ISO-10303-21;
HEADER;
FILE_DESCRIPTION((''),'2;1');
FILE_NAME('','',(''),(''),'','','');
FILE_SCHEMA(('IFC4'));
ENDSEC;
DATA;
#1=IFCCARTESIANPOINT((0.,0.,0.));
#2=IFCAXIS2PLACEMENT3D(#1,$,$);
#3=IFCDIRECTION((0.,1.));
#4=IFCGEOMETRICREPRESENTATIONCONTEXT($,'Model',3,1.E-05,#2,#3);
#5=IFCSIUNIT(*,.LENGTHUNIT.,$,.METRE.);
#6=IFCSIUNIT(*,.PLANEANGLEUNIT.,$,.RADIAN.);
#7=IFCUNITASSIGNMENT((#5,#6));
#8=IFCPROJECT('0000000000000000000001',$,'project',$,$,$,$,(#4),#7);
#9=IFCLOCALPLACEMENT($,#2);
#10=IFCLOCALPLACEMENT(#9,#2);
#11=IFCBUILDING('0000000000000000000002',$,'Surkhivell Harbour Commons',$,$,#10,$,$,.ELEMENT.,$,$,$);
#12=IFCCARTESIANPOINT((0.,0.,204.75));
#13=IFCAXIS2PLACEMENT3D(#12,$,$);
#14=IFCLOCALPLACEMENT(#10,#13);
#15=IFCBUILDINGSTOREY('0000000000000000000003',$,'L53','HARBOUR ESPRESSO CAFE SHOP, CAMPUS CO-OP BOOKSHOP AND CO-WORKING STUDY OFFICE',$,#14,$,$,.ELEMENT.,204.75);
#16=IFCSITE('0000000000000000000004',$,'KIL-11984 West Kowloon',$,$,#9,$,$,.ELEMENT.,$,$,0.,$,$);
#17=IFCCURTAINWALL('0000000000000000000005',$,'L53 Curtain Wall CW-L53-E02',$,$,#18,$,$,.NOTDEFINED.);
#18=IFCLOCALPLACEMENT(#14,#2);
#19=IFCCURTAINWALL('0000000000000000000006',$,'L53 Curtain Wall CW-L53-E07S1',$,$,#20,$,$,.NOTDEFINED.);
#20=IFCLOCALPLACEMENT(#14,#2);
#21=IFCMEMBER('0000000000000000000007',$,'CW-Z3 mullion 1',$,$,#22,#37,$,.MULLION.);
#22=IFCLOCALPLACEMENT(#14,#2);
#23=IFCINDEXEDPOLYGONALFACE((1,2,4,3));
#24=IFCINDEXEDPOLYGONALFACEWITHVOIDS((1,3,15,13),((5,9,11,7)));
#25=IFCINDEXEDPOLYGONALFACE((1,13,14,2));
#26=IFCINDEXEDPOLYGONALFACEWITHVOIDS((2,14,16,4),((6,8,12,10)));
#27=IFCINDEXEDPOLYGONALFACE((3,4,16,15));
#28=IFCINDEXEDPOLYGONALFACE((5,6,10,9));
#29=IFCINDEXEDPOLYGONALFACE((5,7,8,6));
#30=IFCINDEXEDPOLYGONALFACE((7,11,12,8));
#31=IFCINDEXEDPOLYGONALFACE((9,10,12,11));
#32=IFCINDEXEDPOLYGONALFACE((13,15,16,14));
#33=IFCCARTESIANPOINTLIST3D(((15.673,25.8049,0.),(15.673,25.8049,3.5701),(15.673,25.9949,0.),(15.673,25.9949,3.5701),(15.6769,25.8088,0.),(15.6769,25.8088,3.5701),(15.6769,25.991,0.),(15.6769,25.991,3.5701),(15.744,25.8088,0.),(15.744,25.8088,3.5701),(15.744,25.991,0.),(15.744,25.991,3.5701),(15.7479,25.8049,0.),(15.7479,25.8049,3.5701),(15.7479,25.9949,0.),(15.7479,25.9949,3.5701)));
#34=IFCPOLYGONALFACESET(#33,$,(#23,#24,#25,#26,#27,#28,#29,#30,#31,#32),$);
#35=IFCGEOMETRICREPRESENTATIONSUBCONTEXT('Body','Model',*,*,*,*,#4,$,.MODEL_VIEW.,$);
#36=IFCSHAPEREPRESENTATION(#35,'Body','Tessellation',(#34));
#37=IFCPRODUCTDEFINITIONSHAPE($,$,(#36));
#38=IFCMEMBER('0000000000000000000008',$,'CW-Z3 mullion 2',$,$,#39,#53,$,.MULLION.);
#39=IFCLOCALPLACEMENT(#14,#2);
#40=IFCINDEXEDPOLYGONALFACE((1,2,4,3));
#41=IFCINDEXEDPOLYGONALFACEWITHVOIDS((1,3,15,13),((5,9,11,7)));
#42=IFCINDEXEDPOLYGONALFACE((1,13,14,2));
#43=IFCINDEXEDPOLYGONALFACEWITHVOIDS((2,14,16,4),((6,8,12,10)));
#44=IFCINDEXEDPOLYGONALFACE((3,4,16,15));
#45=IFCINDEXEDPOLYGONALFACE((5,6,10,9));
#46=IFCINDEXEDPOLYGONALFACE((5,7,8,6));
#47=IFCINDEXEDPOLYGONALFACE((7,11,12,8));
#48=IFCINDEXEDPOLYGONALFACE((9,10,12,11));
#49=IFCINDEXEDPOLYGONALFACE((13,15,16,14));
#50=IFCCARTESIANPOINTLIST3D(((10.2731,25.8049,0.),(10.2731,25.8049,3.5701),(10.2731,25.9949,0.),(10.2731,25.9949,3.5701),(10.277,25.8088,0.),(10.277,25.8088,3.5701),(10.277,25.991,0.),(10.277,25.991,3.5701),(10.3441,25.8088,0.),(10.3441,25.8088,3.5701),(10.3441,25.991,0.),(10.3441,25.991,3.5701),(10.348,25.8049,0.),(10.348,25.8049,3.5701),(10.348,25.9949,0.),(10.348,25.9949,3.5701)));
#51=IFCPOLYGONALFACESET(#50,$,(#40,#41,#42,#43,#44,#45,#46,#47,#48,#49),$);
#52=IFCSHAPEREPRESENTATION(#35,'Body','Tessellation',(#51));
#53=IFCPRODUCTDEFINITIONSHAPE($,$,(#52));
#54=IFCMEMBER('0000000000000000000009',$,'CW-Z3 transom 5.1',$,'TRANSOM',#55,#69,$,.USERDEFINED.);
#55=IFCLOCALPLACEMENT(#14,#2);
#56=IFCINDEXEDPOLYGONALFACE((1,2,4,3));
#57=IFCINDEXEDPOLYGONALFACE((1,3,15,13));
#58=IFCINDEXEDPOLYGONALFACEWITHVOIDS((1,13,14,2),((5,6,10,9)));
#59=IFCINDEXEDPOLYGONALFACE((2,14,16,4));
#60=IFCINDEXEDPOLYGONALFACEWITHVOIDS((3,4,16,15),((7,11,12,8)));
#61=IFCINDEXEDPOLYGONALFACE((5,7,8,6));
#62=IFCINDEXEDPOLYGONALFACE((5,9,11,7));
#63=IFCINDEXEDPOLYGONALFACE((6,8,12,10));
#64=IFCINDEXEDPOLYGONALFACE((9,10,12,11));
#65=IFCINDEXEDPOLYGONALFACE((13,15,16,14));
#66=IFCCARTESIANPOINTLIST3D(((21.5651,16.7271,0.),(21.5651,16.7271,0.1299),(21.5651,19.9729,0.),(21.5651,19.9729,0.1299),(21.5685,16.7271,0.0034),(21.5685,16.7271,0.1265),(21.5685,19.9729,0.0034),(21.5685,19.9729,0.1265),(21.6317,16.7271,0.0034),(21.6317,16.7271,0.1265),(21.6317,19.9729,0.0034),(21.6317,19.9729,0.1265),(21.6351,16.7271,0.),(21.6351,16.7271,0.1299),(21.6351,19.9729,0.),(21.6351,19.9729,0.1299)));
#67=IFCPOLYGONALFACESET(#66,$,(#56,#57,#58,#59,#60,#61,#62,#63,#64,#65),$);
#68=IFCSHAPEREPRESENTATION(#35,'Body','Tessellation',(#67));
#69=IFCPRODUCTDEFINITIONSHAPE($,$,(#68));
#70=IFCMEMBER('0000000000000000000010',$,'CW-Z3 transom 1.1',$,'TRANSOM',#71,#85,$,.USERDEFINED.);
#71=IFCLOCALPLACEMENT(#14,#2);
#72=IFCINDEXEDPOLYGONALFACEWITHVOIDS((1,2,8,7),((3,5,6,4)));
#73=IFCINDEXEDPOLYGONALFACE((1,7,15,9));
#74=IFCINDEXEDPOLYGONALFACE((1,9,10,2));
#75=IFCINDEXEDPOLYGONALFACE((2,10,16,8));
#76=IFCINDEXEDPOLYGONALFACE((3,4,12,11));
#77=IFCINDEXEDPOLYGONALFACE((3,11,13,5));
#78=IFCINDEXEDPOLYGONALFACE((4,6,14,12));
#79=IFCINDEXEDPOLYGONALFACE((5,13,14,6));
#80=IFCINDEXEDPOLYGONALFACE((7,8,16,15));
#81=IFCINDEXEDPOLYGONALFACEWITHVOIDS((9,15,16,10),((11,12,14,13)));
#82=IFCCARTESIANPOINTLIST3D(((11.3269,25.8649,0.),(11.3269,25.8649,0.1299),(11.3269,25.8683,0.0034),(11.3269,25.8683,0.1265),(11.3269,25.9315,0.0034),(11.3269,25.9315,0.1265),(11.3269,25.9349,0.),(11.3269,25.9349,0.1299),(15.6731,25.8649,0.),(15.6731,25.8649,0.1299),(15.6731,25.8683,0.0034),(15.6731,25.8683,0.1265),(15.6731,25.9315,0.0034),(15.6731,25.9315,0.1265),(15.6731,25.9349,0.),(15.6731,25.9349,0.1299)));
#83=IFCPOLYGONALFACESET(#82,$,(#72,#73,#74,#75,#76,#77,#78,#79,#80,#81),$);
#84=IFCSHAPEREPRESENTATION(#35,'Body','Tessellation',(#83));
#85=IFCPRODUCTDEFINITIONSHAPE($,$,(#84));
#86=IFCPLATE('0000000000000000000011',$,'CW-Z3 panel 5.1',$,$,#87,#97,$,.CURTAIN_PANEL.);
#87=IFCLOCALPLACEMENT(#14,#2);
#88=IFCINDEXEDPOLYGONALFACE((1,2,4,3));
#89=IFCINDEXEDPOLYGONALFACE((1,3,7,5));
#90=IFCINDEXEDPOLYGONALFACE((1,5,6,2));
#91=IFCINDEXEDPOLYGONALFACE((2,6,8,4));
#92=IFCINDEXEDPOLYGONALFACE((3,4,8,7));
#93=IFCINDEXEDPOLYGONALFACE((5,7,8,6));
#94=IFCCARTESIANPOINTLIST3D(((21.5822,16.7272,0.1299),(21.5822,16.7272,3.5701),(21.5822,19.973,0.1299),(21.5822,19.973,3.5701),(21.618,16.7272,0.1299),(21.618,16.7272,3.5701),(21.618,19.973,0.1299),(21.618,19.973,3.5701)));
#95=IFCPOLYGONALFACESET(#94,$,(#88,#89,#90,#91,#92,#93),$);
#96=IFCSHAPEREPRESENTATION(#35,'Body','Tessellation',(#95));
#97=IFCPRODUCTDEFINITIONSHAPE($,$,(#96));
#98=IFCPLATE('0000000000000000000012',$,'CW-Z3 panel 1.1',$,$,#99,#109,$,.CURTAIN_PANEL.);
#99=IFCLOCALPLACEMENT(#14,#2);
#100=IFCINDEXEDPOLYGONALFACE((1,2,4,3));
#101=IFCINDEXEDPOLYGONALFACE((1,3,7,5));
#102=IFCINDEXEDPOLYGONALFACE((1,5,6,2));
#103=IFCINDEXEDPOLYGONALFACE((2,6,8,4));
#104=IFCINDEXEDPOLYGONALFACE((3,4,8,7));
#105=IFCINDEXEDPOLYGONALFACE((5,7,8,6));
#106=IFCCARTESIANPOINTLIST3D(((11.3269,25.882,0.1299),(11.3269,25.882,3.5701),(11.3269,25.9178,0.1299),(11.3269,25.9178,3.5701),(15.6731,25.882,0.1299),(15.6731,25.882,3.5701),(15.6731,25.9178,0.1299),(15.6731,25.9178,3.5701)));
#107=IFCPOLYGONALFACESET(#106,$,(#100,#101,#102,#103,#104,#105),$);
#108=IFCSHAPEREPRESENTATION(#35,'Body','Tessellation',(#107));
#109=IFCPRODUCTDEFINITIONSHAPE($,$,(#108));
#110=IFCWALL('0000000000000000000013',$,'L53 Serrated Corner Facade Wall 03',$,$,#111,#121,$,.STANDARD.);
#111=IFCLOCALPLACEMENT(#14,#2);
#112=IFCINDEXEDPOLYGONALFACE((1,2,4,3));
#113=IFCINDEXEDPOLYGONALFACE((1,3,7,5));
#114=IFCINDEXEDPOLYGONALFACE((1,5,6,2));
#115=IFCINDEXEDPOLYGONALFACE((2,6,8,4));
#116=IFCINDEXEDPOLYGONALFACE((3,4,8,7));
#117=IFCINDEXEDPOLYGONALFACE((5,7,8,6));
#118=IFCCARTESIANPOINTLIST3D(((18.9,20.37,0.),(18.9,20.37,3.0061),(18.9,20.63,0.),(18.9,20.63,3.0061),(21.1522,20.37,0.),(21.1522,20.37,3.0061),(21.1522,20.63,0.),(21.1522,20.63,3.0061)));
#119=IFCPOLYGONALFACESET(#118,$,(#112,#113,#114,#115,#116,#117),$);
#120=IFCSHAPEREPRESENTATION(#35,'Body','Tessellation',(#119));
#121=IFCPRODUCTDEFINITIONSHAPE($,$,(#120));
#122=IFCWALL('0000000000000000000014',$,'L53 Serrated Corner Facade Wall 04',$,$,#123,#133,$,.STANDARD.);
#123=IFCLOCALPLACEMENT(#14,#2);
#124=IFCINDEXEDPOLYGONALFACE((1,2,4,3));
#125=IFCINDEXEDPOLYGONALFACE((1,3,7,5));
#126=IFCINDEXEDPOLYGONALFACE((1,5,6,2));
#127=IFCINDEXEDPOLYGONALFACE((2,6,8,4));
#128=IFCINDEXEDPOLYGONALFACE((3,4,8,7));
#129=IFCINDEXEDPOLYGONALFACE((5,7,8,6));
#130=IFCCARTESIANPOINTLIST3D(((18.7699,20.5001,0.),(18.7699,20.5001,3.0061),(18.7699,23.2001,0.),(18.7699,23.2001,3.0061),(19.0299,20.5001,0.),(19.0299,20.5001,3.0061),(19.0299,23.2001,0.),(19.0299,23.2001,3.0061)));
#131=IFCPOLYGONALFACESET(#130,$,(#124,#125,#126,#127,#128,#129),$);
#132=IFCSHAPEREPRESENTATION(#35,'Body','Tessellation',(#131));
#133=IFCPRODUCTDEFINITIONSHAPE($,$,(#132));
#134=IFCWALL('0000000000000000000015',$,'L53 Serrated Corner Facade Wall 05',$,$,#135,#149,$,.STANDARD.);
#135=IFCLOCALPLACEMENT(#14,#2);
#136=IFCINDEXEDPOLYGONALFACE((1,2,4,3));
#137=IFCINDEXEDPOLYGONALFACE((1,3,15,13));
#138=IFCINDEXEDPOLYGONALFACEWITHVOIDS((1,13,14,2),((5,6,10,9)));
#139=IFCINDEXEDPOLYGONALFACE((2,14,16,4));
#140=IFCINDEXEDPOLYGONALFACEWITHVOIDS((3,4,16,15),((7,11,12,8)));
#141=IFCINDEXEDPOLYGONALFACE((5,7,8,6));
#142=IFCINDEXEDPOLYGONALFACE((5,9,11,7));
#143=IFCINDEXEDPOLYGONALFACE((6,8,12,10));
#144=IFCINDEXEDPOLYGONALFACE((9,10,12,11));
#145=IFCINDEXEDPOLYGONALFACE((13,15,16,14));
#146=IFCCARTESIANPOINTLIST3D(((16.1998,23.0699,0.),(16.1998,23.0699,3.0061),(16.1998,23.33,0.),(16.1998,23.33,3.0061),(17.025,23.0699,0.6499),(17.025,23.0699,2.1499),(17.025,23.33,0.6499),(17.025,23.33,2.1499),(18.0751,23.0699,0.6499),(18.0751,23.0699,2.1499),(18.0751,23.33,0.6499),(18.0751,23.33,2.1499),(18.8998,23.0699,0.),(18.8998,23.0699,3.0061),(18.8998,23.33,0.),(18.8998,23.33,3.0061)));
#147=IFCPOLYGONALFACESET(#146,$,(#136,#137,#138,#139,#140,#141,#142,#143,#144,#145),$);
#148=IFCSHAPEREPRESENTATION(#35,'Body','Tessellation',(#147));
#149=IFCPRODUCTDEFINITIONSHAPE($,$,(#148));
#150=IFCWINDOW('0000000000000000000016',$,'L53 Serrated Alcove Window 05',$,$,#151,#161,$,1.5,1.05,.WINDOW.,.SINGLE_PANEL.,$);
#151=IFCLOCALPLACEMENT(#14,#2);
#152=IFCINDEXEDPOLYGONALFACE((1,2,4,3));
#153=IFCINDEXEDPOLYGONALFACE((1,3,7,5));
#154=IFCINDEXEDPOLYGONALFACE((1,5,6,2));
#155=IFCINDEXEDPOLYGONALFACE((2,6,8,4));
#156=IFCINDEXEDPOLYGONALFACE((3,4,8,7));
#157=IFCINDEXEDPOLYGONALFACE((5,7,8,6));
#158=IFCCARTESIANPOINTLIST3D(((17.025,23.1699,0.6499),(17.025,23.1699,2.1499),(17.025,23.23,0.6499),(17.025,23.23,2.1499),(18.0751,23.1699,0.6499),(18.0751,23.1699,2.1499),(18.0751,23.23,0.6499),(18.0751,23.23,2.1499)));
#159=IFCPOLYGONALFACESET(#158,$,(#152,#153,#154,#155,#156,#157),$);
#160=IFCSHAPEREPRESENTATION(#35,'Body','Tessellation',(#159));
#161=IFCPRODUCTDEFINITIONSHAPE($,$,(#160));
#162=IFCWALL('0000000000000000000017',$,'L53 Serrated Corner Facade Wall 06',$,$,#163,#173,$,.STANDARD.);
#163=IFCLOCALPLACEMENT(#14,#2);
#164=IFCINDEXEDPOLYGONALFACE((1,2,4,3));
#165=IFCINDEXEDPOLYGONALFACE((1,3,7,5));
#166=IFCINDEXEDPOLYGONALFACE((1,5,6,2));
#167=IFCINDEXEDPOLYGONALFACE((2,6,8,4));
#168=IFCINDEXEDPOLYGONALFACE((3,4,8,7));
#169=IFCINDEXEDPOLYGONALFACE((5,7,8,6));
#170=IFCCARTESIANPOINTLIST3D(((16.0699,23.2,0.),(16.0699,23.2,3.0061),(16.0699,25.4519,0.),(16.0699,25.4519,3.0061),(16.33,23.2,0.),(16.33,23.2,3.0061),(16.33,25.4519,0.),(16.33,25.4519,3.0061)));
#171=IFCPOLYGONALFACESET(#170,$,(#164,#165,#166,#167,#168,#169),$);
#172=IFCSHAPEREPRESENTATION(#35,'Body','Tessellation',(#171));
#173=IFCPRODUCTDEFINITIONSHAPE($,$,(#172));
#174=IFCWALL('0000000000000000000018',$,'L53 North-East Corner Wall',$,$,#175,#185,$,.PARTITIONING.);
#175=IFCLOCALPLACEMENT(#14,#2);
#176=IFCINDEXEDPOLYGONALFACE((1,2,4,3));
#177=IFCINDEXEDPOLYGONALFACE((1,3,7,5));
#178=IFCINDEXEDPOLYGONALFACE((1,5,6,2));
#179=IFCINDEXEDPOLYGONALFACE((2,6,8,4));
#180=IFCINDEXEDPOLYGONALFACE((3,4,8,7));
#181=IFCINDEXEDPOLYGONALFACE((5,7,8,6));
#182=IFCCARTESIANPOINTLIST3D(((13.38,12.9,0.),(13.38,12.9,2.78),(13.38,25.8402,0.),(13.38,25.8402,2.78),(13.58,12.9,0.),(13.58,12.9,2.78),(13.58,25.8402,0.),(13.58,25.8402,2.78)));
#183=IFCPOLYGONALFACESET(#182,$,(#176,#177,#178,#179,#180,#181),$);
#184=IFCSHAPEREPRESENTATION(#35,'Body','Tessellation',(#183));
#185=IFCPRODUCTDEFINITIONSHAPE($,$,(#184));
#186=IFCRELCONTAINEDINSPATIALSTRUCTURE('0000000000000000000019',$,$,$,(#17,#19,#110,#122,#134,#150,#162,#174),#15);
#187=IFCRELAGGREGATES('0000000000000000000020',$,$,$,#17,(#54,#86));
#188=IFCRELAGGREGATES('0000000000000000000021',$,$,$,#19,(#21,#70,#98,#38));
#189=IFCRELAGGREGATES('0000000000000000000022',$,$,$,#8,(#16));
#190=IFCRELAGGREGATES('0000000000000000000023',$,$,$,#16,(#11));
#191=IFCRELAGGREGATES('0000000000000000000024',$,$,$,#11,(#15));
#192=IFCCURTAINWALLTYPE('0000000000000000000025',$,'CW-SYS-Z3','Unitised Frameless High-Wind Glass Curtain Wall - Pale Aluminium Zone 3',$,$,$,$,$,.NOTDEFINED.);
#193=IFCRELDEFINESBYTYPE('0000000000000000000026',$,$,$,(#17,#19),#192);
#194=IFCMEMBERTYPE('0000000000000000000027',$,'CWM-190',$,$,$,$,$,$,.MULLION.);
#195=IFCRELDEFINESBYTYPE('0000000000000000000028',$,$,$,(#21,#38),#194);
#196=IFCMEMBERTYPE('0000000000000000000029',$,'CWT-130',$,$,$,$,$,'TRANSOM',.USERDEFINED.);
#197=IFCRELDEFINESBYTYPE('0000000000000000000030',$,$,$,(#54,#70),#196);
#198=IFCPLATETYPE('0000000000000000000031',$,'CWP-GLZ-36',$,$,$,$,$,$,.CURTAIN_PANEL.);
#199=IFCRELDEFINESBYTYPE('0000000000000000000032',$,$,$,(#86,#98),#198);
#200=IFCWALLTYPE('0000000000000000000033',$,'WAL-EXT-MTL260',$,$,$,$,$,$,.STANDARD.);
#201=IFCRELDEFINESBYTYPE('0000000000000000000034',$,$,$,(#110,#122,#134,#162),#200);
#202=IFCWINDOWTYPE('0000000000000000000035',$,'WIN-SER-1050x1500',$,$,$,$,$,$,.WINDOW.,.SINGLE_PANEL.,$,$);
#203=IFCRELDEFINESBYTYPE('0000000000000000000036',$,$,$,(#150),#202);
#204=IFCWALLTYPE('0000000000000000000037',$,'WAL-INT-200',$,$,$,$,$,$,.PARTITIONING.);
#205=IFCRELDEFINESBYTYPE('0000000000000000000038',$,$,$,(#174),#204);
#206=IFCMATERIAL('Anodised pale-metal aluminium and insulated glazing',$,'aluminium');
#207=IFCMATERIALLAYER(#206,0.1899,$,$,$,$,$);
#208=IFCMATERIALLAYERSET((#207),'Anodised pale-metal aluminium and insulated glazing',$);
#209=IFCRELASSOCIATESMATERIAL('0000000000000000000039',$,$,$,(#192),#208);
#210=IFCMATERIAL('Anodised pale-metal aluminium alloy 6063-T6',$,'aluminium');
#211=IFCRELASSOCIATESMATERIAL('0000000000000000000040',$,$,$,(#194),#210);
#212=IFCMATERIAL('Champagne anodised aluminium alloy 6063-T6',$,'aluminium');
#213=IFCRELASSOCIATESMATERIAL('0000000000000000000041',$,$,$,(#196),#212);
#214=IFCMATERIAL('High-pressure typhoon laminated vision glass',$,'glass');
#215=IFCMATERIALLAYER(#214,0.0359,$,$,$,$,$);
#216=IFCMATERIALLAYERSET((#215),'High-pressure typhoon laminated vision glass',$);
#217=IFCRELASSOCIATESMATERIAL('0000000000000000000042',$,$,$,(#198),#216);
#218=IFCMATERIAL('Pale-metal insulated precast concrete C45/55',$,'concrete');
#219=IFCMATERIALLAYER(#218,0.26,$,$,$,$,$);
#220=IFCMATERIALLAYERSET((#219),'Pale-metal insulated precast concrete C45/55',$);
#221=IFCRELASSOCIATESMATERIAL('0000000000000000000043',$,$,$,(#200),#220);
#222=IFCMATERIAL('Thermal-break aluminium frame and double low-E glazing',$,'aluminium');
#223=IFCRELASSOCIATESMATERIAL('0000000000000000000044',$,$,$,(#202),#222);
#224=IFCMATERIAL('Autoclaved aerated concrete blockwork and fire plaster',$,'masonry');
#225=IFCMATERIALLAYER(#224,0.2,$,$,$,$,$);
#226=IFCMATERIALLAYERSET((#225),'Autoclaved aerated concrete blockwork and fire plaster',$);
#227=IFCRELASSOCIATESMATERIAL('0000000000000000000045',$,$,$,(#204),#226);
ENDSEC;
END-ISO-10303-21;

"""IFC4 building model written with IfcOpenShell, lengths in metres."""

from ifc_helpers import new_model, si_unit, direction, frame, frame_2d, origin, origin_2d, place, context, subcontext, project, spatial, rectangle, hollow_rectangle, extrude, material, layer, layer_set, material_profile, profile_set, type_object, element, fill, aggregate, save


model = new_model("IFC4")

# Units and contexts
model_context = context("Model", 3, precision=1e-05, world=origin(), true_north=direction((0.0, 1.0)))
body_context = subcontext(model_context, "Body", "Model", "MODEL_VIEW")
ifc_project = project(units=[si_unit("LENGTHUNIT", "METRE"), si_unit("PLANEANGLEUNIT", "RADIAN")], contexts=[model_context])

# Site, building, storey
site_placement = place(None, origin())
site = spatial("IfcSite", under=ifc_project, at=site_placement, Name="KIL-11984 West Kowloon", CompositionType="ELEMENT", RefElevation=0.0)
building_placement = place(site_placement, origin())
building = spatial("IfcBuilding", under=site, at=building_placement, Name="Surkhivell Harbour Commons", CompositionType="ELEMENT")
storey_placement = place(building_placement, frame((0.0, 0.0, 204.75)))
storey = spatial("IfcBuildingStorey", under=building, at=storey_placement, Name="L53", Description="HARBOUR ESPRESSO CAFE SHOP, CAMPUS CO-OP BOOKSHOP AND CO-WORKING STUDY OFFICE", CompositionType="ELEMENT", Elevation=204.75)

# Curtain walls, members
ifc_material_1 = material(Name="Anodised pale-metal aluminium and insulated glazing", Category="aluminium")
ifc_layer_1 = layer(ifc_material_1, 0.1899)
ifc_layer_set_1 = layer_set([ifc_layer_1], Name="Anodised pale-metal aluminium and insulated glazing")
curtain_wall_type = type_object("IfcCurtainWallType", Name="CW-SYS-Z3", Description="Unitised Frameless High-Wind Glass Curtain Wall - Pale Aluminium Zone 3", PredefinedType="NOTDEFINED", material=ifc_layer_set_1)
curtain_wall_1_placement = place(storey_placement, origin())
curtain_wall_1 = element("IfcCurtainWall", 1, at=curtain_wall_1_placement, inside=storey, type_object=curtain_wall_type, Name="L53 Curtain Wall CW-L53-E02", PredefinedType="NOTDEFINED")
ifc_material_2 = material(Name="Anodised pale-metal aluminium alloy 6063-T6", Category="aluminium")
ifc_material_profile_1 = material_profile(ifc_material_2, hollow_rectangle(XDim=0.075, YDim=0.1899, WallThickness=0.0039, at=origin_2d()), Name="ALU-MULL-75x190")
ifc_profile_set_1 = profile_set([ifc_material_profile_1], Name="Anodised pale-metal aluminium alloy 6063-T6")
member_type_1 = type_object("IfcMemberType", Name="CWM-190", PredefinedType="MULLION", material=ifc_profile_set_1)
curtain_wall_2_placement = place(storey_placement, origin())
curtain_wall_2 = element("IfcCurtainWall", 2, at=curtain_wall_2_placement, inside=storey, type_object=curtain_wall_type, Name="L53 Curtain Wall CW-L53-E07S1", PredefinedType="NOTDEFINED")
member_1_placement = place(storey_placement, frame((15.7104, 25.8999, 0.0), z_axis=(0.0, 0.0, 1.0), x_axis=(-1.0, 0.0, 0.0)))
member_1 = element("IfcMember", 3, at=member_1_placement, type_object=member_type_1, Name="CW-Z3 mullion 1", PredefinedType="MULLION", context=body_context, shape_type="SweptSolid", body=[
    extrude(hollow_rectangle(XDim=0.075, YDim=0.1899, WallThickness=0.0039, at=origin_2d()), origin(), (0.0, 0.0, 1.0), 3.5701),
])
member_2_placement = place(storey_placement, frame((10.3105, 25.8999, 0.0), z_axis=(0.0, 0.0, 1.0), x_axis=(-1.0, 0.0, 0.0)))
member_2 = element("IfcMember", 4, at=member_2_placement, type_object=member_type_1, Name="CW-Z3 mullion 2", PredefinedType="MULLION", context=body_context, shape_type="SweptSolid", body=[
    extrude(hollow_rectangle(XDim=0.075, YDim=0.1899, WallThickness=0.0039, at=origin_2d()), origin(), (0.0, 0.0, 1.0), 3.5701),
])

# Members
ifc_material_3 = material(Name="Champagne anodised aluminium alloy 6063-T6", Category="aluminium")
ifc_material_profile_2 = material_profile(ifc_material_3, hollow_rectangle(XDim=0.0701, YDim=0.1299, WallThickness=0.0034, at=origin_2d()), Name="ALU-TRAN-70x130")
ifc_profile_set_2 = profile_set([ifc_material_profile_2], Name="Champagne anodised aluminium alloy 6063-T6")
member_type_2 = type_object("IfcMemberType", Name="CWT-130", ElementType="TRANSOM", PredefinedType="USERDEFINED", material=ifc_profile_set_2)
member_3_placement = place(storey_placement, frame((21.6001, 16.7271, 0.0649), z_axis=(0.0, 1.0, 0.0), x_axis=(-1.0, 0.0, 0.0)))
member_3 = element("IfcMember", 5, at=member_3_placement, type_object=member_type_2, Name="CW-Z3 transom 5.1", ObjectType="TRANSOM", PredefinedType="USERDEFINED", context=body_context, shape_type="SweptSolid", body=[
    extrude(hollow_rectangle(XDim=0.0701, YDim=0.1299, WallThickness=0.0034, at=origin_2d()), origin(), (0.0, 0.0, 1.0), 3.2458),
])
member_4_placement = place(storey_placement, frame((15.6731, 25.8999, 0.0649), z_axis=(-1.0, 0.0, 0.0), x_axis=(0.0, -1.0, 0.0)))
member_4 = element("IfcMember", 6, at=member_4_placement, type_object=member_type_2, Name="CW-Z3 transom 1.1", ObjectType="TRANSOM", PredefinedType="USERDEFINED", context=body_context, shape_type="SweptSolid", body=[
    extrude(hollow_rectangle(XDim=0.0701, YDim=0.1299, WallThickness=0.0034, at=origin_2d()), origin(), (0.0, 0.0, 1.0), 4.3462),
])

# Plates
ifc_material_4 = material(Name="High-pressure typhoon laminated vision glass", Category="glass")
ifc_layer_2 = layer(ifc_material_4, 0.0359)
ifc_layer_set_2 = layer_set([ifc_layer_2], Name="High-pressure typhoon laminated vision glass")
plate_type = type_object("IfcPlateType", Name="CWP-GLZ-36", PredefinedType="CURTAIN_PANEL", material=ifc_layer_set_2)
plate_1_placement = place(storey_placement, frame((21.6001, 16.7271, 0.1299), z_axis=(0.0, 0.0, 1.0), x_axis=(0.0, 1.0, 0.0)))
plate_1 = element("IfcPlate", 7, at=plate_1_placement, type_object=plate_type, Name="CW-Z3 panel 5.1", PredefinedType="CURTAIN_PANEL", context=body_context, shape_type="SweptSolid", body=[
    extrude(rectangle(XDim=3.2458, YDim=0.0359, at=frame_2d((1.623, 0.0))), origin(), (0.0, 0.0, 1.0), 3.4402),
])
aggregate(curtain_wall_1, [member_3, plate_1])
plate_2_placement = place(storey_placement, frame((15.6731, 25.8999, 0.1299), z_axis=(0.0, 0.0, 1.0), x_axis=(-1.0, 0.0, 0.0)))
plate_2 = element("IfcPlate", 8, at=plate_2_placement, type_object=plate_type, Name="CW-Z3 panel 1.1", PredefinedType="CURTAIN_PANEL", context=body_context, shape_type="SweptSolid", body=[
    extrude(rectangle(XDim=4.3462, YDim=0.0359, at=frame_2d((2.1731, 0.0))), origin(), (0.0, 0.0, 1.0), 3.4402),
])
aggregate(curtain_wall_2, [member_1, member_4, plate_2, member_2])

# Walls
ifc_material_5 = material(Name="Pale-metal insulated precast concrete C45/55", Category="concrete")
ifc_layer_3 = layer(ifc_material_5, 0.26)
ifc_layer_set_3 = layer_set([ifc_layer_3], Name="Pale-metal insulated precast concrete C45/55")
wall_type_1 = type_object("IfcWallType", Name="WAL-EXT-MTL260", PredefinedType="STANDARD", material=ifc_layer_set_3)
wall_1_placement = place(storey_placement, frame((21.1521, 20.5, 0.0), z_axis=(0.0, 0.0, 1.0), x_axis=(-1.0, 0.0, 0.0)))
element("IfcWall", 9, at=wall_1_placement, inside=storey, type_object=wall_type_1, Name="L53 Serrated Corner Facade Wall 03", PredefinedType="STANDARD", context=body_context, shape_type="SweptSolid", body=[
    extrude(rectangle(XDim=2.2522, YDim=0.26, at=frame_2d((1.126, 0.0))), origin(), (0.0, 0.0, 1.0), 3.0061),
])
wall_2_placement = place(storey_placement, frame((18.8999, 20.5, 0.0), z_axis=(0.0, 0.0, 1.0), x_axis=(0.0, 1.0, 0.0)))
element("IfcWall", 10, at=wall_2_placement, inside=storey, type_object=wall_type_1, Name="L53 Serrated Corner Facade Wall 04", PredefinedType="STANDARD", context=body_context, shape_type="SweptSolid", body=[
    extrude(rectangle(XDim=2.7, YDim=0.26, at=frame_2d((1.3501, 0.0))), origin(), (0.0, 0.0, 1.0), 3.0061),
])

# Wall, opening, window
wall_3_placement = place(storey_placement, frame((18.8999, 23.2, 0.0), z_axis=(0.0, 0.0, 1.0), x_axis=(-1.0, 0.0, 0.0)))
wall_3 = element("IfcWall", 11, at=wall_3_placement, inside=storey, type_object=wall_type_1, Name="L53 Serrated Corner Facade Wall 05", PredefinedType="STANDARD", context=body_context, shape_type="SweptSolid", body=[
    extrude(rectangle(XDim=2.7, YDim=0.26, at=frame_2d((1.3501, 0.0))), origin(), (0.0, 0.0, 1.0), 3.0061),
])
opening_placement = place(wall_3_placement, frame((0.825, 0.0, 0.6499)))
opening = element("IfcOpeningElement", 12, at=opening_placement, cuts=wall_3, PredefinedType="OPENING", context=body_context, shape_type="SweptSolid", body=[
    extrude(rectangle(XDim=1.05, YDim=1.5, at=frame_2d((0.5249, 0.75))), frame((0.0, 0.1399, 0.0), z_axis=(0.0, -1.0, 0.0), x_axis=(1.0, 0.0, 0.0)), (0.0, 0.0, 1.0), 0.28),
])
ifc_material_6 = material(Name="Thermal-break aluminium frame and double low-E glazing", Category="aluminium")
window_type = type_object("IfcWindowType", Name="WIN-SER-1050x1500", PartitioningType="SINGLE_PANEL", PredefinedType="WINDOW", material=ifc_material_6)
window_placement = place(opening_placement, origin())
window = element("IfcWindow", 13, at=window_placement, inside=storey, type_object=window_type, Name="L53 Serrated Alcove Window 05", OverallHeight=1.5, OverallWidth=1.05, PartitioningType="SINGLE_PANEL", PredefinedType="WINDOW", context=body_context, shape_type="SweptSolid", body=[
    extrude(rectangle(XDim=1.05, YDim=1.5, at=frame_2d((0.5249, 0.75))), frame((0.0, 0.03, 0.0), z_axis=(0.0, -1.0, 0.0), x_axis=(1.0, 0.0, 0.0)), (0.0, 0.0, 1.0), 0.0601),
])
fill(opening, window)

# Walls
wall_4_placement = place(storey_placement, frame((16.2, 23.2, 0.0), z_axis=(0.0, 0.0, 1.0), x_axis=(0.0, 1.0, 0.0)))
element("IfcWall", 14, at=wall_4_placement, inside=storey, type_object=wall_type_1, Name="L53 Serrated Corner Facade Wall 06", PredefinedType="STANDARD", context=body_context, shape_type="SweptSolid", body=[
    extrude(rectangle(XDim=2.252, YDim=0.26, at=frame_2d((1.126, 0.0))), origin(), (0.0, 0.0, 1.0), 3.0061),
])
ifc_material_7 = material(Name="Autoclaved aerated concrete blockwork and fire plaster", Category="masonry")
ifc_layer_4 = layer(ifc_material_7, 0.2)
ifc_layer_set_4 = layer_set([ifc_layer_4], Name="Autoclaved aerated concrete blockwork and fire plaster")
wall_type_2 = type_object("IfcWallType", Name="WAL-INT-200", PredefinedType="PARTITIONING", material=ifc_layer_set_4)
wall_5_placement = place(storey_placement, frame((13.48, 12.8999, 0.0), z_axis=(0.0, 0.0, 1.0), x_axis=(0.0, 1.0, 0.0)))
element("IfcWall", 15, at=wall_5_placement, inside=storey, type_object=wall_type_2, Name="L53 North-East Corner Wall", PredefinedType="PARTITIONING", context=body_context, shape_type="SweptSolid", body=[
    extrude(rectangle(XDim=12.9402, YDim=0.2, at=frame_2d((6.4702, 0.0))), origin(), (0.0, 0.0, 1.0), 2.78),
])

save(model, "model.ifc")
